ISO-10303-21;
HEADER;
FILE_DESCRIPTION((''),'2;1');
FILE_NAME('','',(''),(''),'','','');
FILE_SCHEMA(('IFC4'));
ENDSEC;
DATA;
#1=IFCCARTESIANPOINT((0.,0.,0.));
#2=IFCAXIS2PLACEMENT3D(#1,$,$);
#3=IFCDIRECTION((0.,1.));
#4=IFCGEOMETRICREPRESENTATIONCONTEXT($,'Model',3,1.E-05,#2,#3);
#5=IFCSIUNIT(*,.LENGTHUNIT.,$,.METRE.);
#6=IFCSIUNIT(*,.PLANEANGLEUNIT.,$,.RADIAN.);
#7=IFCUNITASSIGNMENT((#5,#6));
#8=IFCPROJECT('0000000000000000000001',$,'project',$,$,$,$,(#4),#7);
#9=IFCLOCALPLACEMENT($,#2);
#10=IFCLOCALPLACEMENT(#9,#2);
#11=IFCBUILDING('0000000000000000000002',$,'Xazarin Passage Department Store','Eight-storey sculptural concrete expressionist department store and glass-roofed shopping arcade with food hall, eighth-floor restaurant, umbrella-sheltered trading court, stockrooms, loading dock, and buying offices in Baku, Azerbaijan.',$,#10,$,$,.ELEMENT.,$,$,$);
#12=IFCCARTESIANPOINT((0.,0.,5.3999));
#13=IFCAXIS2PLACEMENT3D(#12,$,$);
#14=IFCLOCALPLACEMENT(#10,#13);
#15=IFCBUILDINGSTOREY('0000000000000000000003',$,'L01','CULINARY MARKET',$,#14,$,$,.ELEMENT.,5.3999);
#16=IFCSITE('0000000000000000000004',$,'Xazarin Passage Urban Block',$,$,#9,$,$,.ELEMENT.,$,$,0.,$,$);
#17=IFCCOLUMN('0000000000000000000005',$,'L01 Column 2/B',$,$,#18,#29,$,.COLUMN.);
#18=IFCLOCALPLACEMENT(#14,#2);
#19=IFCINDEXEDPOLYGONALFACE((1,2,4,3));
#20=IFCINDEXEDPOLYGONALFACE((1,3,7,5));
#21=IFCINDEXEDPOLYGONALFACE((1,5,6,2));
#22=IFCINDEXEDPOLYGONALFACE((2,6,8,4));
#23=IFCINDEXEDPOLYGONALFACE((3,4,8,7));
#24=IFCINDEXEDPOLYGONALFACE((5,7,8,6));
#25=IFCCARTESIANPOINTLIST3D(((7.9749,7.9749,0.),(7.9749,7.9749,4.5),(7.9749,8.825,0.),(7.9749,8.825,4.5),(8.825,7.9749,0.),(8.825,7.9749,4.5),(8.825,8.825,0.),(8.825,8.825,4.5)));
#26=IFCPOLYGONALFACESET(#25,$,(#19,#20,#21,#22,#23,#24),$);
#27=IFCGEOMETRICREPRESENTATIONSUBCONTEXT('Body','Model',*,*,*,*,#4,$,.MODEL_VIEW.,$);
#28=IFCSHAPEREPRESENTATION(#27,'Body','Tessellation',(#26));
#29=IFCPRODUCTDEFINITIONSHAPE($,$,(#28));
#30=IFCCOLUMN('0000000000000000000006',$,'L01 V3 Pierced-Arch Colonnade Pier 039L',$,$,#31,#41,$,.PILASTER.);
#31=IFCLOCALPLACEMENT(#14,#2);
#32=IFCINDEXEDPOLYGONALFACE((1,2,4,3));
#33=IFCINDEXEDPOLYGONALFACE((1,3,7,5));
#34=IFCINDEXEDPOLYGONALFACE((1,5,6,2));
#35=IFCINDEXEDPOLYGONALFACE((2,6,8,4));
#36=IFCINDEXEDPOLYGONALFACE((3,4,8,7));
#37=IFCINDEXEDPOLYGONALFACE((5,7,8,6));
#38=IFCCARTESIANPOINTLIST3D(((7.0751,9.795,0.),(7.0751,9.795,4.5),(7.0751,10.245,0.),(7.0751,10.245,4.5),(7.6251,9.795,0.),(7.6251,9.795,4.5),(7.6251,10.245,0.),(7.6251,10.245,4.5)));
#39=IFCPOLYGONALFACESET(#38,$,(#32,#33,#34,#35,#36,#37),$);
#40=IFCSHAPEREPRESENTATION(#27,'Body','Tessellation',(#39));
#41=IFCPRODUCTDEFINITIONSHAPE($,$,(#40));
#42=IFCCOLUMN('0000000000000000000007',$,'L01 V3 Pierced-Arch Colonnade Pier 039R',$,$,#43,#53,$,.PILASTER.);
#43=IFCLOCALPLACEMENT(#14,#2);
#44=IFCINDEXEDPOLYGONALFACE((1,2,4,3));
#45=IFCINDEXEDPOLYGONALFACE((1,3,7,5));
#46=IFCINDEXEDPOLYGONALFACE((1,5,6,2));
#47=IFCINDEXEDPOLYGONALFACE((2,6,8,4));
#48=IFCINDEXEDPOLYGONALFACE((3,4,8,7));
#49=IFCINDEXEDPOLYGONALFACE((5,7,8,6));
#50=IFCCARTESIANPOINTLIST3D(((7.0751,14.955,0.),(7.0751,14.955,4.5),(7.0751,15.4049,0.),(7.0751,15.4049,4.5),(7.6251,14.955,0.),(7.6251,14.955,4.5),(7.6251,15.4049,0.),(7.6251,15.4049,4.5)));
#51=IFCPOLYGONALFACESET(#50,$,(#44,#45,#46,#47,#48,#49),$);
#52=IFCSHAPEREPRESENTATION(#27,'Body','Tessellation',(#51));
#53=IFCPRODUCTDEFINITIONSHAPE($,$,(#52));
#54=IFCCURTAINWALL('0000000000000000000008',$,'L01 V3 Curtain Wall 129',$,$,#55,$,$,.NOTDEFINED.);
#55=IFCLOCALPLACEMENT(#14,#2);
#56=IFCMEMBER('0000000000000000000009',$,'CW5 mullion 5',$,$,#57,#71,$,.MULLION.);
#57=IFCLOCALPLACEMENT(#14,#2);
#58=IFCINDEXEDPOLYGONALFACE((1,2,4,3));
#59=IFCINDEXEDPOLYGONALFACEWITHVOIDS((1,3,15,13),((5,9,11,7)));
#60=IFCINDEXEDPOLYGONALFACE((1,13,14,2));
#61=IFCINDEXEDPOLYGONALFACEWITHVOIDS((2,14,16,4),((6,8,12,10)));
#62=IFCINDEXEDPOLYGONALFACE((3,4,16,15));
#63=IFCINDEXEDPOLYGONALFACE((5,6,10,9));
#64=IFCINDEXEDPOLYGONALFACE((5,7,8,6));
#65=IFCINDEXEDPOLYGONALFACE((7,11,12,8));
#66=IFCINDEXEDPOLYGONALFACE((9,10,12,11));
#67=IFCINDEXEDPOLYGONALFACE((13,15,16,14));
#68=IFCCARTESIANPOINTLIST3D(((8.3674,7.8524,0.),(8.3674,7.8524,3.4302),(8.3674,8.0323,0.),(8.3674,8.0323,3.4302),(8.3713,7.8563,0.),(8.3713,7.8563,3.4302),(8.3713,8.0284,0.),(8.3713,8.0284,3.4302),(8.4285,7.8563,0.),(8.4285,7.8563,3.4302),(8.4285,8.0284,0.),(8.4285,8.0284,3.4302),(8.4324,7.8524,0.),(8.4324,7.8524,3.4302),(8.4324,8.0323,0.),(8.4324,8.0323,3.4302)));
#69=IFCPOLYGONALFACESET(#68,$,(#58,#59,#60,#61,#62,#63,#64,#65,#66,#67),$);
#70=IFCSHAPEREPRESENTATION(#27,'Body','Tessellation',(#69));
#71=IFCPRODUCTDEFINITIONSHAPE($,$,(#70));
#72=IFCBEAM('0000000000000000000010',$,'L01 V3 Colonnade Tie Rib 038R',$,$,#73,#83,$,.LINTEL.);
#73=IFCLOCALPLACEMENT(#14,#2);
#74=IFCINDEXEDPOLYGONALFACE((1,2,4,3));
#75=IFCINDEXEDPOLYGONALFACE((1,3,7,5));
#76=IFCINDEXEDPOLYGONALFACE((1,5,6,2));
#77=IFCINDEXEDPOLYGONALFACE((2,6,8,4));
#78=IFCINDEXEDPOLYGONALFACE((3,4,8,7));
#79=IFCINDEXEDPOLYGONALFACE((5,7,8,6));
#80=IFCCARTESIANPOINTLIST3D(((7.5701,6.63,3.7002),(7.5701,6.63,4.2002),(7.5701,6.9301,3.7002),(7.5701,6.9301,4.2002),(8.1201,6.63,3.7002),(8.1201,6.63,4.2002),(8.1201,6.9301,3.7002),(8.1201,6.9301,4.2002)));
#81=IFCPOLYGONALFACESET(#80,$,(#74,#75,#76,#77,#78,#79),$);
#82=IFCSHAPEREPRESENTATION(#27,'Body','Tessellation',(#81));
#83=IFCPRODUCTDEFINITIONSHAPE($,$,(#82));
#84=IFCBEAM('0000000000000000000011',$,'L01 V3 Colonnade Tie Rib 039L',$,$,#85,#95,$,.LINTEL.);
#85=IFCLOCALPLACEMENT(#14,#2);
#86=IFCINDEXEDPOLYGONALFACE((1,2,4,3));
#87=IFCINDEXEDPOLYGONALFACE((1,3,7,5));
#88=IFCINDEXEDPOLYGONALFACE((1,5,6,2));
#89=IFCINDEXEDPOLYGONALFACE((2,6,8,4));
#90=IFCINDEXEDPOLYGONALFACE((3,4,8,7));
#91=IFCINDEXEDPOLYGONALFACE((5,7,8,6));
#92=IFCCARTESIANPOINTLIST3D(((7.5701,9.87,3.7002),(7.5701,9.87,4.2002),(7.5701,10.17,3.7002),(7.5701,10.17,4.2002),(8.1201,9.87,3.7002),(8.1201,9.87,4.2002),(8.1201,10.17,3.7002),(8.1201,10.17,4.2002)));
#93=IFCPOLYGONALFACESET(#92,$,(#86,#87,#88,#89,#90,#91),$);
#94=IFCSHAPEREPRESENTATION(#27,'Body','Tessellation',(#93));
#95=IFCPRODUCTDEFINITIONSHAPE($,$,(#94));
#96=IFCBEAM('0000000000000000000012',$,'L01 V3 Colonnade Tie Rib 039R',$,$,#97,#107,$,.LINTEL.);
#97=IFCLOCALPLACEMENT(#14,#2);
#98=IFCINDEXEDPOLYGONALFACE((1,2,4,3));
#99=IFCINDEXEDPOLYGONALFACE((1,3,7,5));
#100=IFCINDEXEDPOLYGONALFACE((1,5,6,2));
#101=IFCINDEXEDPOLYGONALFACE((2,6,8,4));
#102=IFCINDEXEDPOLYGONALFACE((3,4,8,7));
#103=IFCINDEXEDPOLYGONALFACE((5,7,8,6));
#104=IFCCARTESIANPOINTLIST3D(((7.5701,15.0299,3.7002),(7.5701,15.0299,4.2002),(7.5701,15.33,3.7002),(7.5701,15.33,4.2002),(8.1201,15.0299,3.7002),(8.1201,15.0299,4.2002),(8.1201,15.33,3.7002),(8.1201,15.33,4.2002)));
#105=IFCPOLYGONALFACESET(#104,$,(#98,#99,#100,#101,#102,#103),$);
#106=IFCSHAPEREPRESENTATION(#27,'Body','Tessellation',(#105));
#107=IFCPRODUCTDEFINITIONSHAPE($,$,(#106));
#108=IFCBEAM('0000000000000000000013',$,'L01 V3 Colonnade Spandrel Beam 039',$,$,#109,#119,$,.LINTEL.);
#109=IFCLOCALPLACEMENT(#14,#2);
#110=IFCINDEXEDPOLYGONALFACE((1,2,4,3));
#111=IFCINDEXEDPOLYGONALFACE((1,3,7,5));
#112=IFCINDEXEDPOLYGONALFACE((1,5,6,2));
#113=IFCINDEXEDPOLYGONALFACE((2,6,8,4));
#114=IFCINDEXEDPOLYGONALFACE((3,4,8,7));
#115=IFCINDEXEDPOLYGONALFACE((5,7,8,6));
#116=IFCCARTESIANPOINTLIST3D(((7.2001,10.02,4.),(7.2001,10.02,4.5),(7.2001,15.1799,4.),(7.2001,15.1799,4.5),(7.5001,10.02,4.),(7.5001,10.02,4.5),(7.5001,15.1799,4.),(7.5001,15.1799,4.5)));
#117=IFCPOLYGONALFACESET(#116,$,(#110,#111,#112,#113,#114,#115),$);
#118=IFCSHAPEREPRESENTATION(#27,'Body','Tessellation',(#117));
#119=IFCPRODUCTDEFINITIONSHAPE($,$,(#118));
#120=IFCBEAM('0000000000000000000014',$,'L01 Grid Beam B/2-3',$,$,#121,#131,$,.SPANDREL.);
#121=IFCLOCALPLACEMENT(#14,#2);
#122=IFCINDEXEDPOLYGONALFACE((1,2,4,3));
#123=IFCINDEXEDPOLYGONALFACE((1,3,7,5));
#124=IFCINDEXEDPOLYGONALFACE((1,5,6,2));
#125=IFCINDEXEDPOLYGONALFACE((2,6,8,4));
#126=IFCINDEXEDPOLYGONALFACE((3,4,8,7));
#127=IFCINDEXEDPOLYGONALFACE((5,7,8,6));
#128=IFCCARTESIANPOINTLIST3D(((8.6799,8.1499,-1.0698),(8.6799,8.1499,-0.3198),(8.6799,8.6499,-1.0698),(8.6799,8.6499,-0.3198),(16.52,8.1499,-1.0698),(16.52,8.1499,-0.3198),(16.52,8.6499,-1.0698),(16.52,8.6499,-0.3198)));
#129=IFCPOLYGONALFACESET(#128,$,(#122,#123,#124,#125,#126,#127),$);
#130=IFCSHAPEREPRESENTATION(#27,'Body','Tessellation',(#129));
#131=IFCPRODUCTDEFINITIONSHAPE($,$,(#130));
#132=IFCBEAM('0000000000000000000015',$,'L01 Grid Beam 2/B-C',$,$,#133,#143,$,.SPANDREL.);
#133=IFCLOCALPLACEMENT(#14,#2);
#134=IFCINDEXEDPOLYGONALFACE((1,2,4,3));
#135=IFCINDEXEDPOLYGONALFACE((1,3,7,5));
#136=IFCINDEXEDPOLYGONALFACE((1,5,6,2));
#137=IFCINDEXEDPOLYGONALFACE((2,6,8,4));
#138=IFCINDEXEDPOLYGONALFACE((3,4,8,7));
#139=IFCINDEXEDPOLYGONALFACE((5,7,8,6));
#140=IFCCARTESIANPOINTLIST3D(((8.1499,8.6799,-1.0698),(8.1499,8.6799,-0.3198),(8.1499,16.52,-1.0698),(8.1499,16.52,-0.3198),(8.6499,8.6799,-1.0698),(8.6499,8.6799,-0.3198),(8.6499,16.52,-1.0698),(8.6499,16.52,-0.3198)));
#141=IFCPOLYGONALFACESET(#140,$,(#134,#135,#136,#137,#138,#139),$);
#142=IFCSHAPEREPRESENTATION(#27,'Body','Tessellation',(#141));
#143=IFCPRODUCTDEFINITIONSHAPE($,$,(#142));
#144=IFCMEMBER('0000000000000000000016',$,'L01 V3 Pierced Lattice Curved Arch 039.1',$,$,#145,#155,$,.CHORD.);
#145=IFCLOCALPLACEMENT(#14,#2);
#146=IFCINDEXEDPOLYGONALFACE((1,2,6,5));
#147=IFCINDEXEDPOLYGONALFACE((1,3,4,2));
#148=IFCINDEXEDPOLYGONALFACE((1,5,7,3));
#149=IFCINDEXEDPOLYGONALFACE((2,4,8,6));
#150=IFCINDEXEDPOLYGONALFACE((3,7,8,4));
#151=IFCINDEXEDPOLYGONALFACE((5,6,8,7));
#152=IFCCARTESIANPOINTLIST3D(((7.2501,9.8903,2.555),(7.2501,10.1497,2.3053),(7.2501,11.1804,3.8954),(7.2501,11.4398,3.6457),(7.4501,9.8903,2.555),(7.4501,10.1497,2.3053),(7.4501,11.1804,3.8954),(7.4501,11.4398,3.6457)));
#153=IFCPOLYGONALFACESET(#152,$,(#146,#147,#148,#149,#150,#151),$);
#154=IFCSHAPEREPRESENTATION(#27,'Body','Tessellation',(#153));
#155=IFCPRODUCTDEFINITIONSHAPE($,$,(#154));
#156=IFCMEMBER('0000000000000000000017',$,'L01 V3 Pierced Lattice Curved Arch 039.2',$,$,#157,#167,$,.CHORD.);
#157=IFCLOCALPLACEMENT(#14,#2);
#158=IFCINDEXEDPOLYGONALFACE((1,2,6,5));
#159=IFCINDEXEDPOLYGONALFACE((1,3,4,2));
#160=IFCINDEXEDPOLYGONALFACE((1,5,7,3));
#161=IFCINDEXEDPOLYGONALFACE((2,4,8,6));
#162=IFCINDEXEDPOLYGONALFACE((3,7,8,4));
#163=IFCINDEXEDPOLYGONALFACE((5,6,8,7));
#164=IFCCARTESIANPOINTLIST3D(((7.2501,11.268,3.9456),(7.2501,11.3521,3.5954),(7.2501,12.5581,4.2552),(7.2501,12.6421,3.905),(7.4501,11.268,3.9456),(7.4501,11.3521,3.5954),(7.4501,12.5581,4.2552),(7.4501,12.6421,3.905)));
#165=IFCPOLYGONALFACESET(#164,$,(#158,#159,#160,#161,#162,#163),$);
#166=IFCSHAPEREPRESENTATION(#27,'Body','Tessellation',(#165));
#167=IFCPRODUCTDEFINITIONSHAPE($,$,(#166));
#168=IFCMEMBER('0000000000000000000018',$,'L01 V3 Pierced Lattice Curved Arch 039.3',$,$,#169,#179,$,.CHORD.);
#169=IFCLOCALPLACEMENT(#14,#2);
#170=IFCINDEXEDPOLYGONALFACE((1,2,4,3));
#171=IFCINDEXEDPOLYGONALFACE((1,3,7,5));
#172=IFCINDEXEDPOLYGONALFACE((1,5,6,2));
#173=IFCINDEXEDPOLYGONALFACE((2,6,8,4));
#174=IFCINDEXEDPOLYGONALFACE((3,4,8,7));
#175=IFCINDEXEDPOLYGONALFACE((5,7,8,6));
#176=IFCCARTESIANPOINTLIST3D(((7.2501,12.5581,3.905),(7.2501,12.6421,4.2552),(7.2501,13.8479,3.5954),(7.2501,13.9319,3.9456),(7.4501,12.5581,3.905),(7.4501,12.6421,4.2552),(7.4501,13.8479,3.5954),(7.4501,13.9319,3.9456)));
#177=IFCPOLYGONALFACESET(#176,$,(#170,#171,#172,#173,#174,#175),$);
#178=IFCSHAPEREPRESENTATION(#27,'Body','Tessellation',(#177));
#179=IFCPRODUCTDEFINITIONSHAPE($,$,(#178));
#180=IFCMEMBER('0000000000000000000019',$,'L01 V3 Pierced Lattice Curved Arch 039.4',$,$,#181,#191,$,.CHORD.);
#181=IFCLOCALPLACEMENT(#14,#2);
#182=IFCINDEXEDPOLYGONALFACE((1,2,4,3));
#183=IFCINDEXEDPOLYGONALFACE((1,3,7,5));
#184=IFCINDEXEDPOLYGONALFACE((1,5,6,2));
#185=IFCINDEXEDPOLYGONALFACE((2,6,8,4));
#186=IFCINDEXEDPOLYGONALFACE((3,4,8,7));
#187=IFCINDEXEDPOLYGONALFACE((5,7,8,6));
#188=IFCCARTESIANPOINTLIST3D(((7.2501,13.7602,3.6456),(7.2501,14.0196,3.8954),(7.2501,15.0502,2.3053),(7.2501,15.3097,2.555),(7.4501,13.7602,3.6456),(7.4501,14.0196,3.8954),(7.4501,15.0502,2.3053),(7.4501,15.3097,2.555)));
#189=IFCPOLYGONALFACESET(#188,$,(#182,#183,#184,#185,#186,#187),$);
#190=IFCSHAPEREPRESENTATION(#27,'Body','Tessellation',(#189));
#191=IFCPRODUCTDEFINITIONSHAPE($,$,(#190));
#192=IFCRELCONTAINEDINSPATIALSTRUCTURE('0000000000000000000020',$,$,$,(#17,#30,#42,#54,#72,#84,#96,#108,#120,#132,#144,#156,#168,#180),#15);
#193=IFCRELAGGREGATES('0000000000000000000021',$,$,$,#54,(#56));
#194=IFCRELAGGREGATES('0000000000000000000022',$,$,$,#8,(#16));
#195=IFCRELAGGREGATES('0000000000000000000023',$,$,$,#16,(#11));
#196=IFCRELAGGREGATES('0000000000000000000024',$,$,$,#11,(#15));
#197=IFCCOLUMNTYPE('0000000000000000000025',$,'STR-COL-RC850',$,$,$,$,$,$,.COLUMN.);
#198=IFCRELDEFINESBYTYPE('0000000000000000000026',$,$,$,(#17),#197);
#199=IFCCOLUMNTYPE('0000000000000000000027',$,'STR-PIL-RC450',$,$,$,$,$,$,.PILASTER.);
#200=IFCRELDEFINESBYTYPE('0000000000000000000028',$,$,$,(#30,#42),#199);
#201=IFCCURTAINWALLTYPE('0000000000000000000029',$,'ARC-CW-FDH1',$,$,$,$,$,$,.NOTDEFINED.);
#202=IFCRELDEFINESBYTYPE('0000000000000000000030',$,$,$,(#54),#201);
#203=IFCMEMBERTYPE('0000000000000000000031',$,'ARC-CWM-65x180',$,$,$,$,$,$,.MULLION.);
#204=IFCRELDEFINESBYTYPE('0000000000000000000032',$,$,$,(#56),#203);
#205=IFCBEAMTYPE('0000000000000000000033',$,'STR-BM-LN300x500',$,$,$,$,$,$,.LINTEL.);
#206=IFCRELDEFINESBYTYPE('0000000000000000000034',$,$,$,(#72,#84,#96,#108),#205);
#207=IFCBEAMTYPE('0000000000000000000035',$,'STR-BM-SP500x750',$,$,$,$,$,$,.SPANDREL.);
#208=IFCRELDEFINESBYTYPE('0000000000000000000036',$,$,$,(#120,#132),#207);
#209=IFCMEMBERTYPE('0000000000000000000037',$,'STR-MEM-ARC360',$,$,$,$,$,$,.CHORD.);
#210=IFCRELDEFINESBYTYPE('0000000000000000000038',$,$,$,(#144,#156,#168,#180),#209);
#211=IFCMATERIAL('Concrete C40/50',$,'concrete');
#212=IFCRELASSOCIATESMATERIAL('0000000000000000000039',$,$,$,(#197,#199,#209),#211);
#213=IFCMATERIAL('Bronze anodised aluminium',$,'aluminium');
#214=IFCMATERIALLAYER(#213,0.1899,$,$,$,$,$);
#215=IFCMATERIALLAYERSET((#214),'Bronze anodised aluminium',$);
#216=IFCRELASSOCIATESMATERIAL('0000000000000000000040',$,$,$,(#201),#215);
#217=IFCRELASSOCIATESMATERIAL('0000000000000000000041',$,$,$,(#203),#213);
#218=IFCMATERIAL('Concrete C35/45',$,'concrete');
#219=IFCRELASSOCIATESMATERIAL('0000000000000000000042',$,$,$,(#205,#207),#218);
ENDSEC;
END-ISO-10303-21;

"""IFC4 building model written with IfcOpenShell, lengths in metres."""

from ifc_helpers import new_model, si_unit, direction, frame, origin, origin_2d, place, context, subcontext, project, spatial, rectangle, hollow_rectangle, extrude, material, layer, layer_set, material_profile, profile_set, type_object, element, aggregate, save


model = new_model("IFC4")

# Units and contexts
model_context = context("Model", 3, precision=1e-05, world=origin(), true_north=direction((0.0, 1.0)))
body_context = subcontext(model_context, "Body", "Model", "MODEL_VIEW")
ifc_project = project(units=[si_unit("LENGTHUNIT", "METRE"), si_unit("PLANEANGLEUNIT", "RADIAN")], contexts=[model_context])

# Site, building, storey
site_placement = place(None, origin())
site = spatial("IfcSite", under=ifc_project, at=site_placement, Name="Xazarin Passage Urban Block", CompositionType="ELEMENT", RefElevation=0.0)
building_placement = place(site_placement, origin())
building = spatial("IfcBuilding", under=site, at=building_placement, Name="Xazarin Passage Department Store", Description="Eight-storey sculptural concrete expressionist department store and glass-roofed shopping arcade with food hall, eighth-floor restaurant, umbrella-sheltered trading court, stockrooms, loading dock, and buying offices in Baku, Azerbaijan.", CompositionType="ELEMENT")
storey_placement = place(building_placement, frame((0.0, 0.0, 5.3999)))
storey = spatial("IfcBuildingStorey", under=building, at=storey_placement, Name="L01", Description="CULINARY MARKET", CompositionType="ELEMENT", Elevation=5.3999)

# Columns
ifc_material_1 = material(Name="Concrete C40/50", Category="concrete")
ifc_material_profile_1 = material_profile(ifc_material_1, rectangle(XDim=0.8501, YDim=0.8501, at=origin_2d()), Name="RC 850x850")
ifc_profile_set_1 = profile_set([ifc_material_profile_1], Name="Concrete C40/50")
column_type_1 = type_object("IfcColumnType", Name="STR-COL-RC850", PredefinedType="COLUMN", material=ifc_profile_set_1)
column_placement = place(storey_placement, frame((8.3999, 8.3999, 0.0), z_axis=(0.0, 0.0, 1.0), x_axis=(1.0, 0.0, 0.0)))
element("IfcColumn", 1, at=column_placement, inside=storey, type_object=column_type_1, Name="L01 Column 2/B", PredefinedType="COLUMN", context=body_context, shape_type="SweptSolid", body=[
    extrude(rectangle(XDim=0.8501, YDim=0.8501, at=origin_2d()), origin(), (0.0, 0.0, 1.0), 4.5),
])
ifc_material_profile_2 = material_profile(ifc_material_1, rectangle(XDim=0.45, YDim=0.55, at=origin_2d()), Name="RC 450x550")
ifc_profile_set_2 = profile_set([ifc_material_profile_2], Name="Concrete C40/50")
column_type_2 = type_object("IfcColumnType", Name="STR-PIL-RC450", PredefinedType="PILASTER", material=ifc_profile_set_2)
for number, where, z_axis, x_axis, name in (
    (2, (7.3501, 10.02, 0.0), (0.0, 0.0, 1.0), (0.0, 1.0, 0.0), "L01 V3 Pierced-Arch Colonnade Pier 039L"),
    (3, (7.3501, 15.1799, 0.0), (0.0, 0.0, 1.0), (0.0, 1.0, 0.0), "L01 V3 Pierced-Arch Colonnade Pier 039R"),
):
    element("IfcColumn", number, at=place(storey_placement, frame(where, z_axis=z_axis, x_axis=x_axis)), inside=storey, type_object=column_type_2, Name=name, PredefinedType="PILASTER", context=body_context, shape_type="SweptSolid", body=[
        extrude(rectangle(XDim=0.45, YDim=0.55, at=origin_2d()), origin(), (0.0, 0.0, 1.0), 4.5),
    ])

# Curtain wall, member
ifc_material_2 = material(Name="Bronze anodised aluminium", Category="aluminium")
ifc_layer_1 = layer(ifc_material_2, 0.1899)
ifc_layer_set_1 = layer_set([ifc_layer_1], Name="Bronze anodised aluminium")
curtain_wall_type = type_object("IfcCurtainWallType", Name="ARC-CW-FDH1", PredefinedType="NOTDEFINED", material=ifc_layer_set_1)
curtain_wall_placement = place(storey_placement, origin())
curtain_wall = element("IfcCurtainWall", 4, at=curtain_wall_placement, inside=storey, type_object=curtain_wall_type, Name="L01 V3 Curtain Wall 129", PredefinedType="NOTDEFINED")
ifc_material_profile_3 = material_profile(ifc_material_2, hollow_rectangle(XDim=0.0649, YDim=0.1799, WallThickness=0.0039, at=origin_2d()), Name="ALU 65x180")
ifc_profile_set_3 = profile_set([ifc_material_profile_3], Name="Bronze anodised aluminium")
member_type_1 = type_object("IfcMemberType", Name="ARC-CWM-65x180", PredefinedType="MULLION", material=ifc_profile_set_3)
member_1_placement = place(storey_placement, frame((8.3999, 7.9424, 0.0), z_axis=(0.0, 0.0, 1.0), x_axis=(-1.0, 0.0, 0.0)))
member_1 = element("IfcMember", 5, at=member_1_placement, type_object=member_type_1, Name="CW5 mullion 5", PredefinedType="MULLION", context=body_context, shape_type="SweptSolid", body=[
    extrude(hollow_rectangle(XDim=0.0649, YDim=0.1799, WallThickness=0.0039, at=origin_2d()), origin(), (0.0, 0.0, 1.0), 3.4302),
])

# Beams
ifc_material_3 = material(Name="Concrete C35/45", Category="concrete")
ifc_material_profile_4 = material_profile(ifc_material_3, rectangle(XDim=0.3, YDim=0.5, at=origin_2d()), Name="RC 300x500")
ifc_profile_set_4 = profile_set([ifc_material_profile_4], Name="Concrete C35/45")
beam_type_1 = type_object("IfcBeamType", Name="STR-BM-LN300x500", PredefinedType="LINTEL", material=ifc_profile_set_4)
for number, where, z_axis, x_axis, name in (
    (6, (8.1201, 6.78, 3.9502), (-1.0, 0.0, 0.0), (0.0, -1.0, 0.0), "L01 V3 Colonnade Tie Rib 038R"),
    (7, (8.1201, 10.02, 3.9502), (-1.0, 0.0, 0.0), (0.0, -1.0, 0.0), "L01 V3 Colonnade Tie Rib 039L"),
    (8, (8.1201, 15.1799, 3.9502), (-1.0, 0.0, 0.0), (0.0, -1.0, 0.0), "L01 V3 Colonnade Tie Rib 039R"),
):
    element("IfcBeam", number, at=place(storey_placement, frame(where, z_axis=z_axis, x_axis=x_axis)), inside=storey, type_object=beam_type_1, Name=name, PredefinedType="LINTEL", context=body_context, shape_type="SweptSolid", body=[
        extrude(rectangle(XDim=0.3, YDim=0.5, at=origin_2d()), origin(), (0.0, 0.0, 1.0), 0.55),
    ])
beam_placement = place(storey_placement, frame((7.3501, 10.02, 4.25), z_axis=(0.0, 1.0, 0.0), x_axis=(-1.0, 0.0, 0.0)))
element("IfcBeam", 9, at=beam_placement, inside=storey, type_object=beam_type_1, Name="L01 V3 Colonnade Spandrel Beam 039", PredefinedType="LINTEL", context=body_context, shape_type="SweptSolid", body=[
    extrude(rectangle(XDim=0.3, YDim=0.5, at=origin_2d()), origin(), (0.0, 0.0, 1.0), 5.1599),
])
ifc_material_profile_5 = material_profile(ifc_material_3, rectangle(XDim=0.5, YDim=0.75, at=origin_2d()), Name="RC 500x750")
ifc_profile_set_5 = profile_set([ifc_material_profile_5], Name="Concrete C35/45")
beam_type_2 = type_object("IfcBeamType", Name="STR-BM-SP500x750", PredefinedType="SPANDREL", material=ifc_profile_set_5)
for number, where, z_axis, x_axis, name in (
    (10, (8.6799, 8.3999, -0.6948), (1.0, 0.0, 0.0), (0.0, 1.0, 0.0), "L01 Grid Beam B/2-3"),
    (11, (8.3999, 8.6799, -0.6948), (0.0, 1.0, 0.0), (-1.0, 0.0, 0.0), "L01 Grid Beam 2/B-C"),
):
    element("IfcBeam", number, at=place(storey_placement, frame(where, z_axis=z_axis, x_axis=x_axis)), inside=storey, type_object=beam_type_2, Name=name, PredefinedType="SPANDREL", context=body_context, shape_type="SweptSolid", body=[
        extrude(rectangle(XDim=0.5, YDim=0.75, at=origin_2d()), origin(), (0.0, 0.0, 1.0), 7.8401),
    ])

# Members
ifc_material_profile_6 = material_profile(ifc_material_1, rectangle(XDim=0.2, YDim=0.3601, at=origin_2d()), Name="RC 200x360")
ifc_profile_set_6 = profile_set([ifc_material_profile_6], Name="Concrete C40/50")
member_type_2 = type_object("IfcMemberType", Name="STR-MEM-ARC360", PredefinedType="CHORD", material=ifc_profile_set_6)
member_2_placement = place(storey_placement, frame((7.3501, 10.02, 2.4302), z_axis=(0.0, 0.69346, 0.720495), x_axis=(-1.0, 0.0, 0.0)))
element("IfcMember", 12, at=member_2_placement, inside=storey, type_object=member_type_2, Name="L01 V3 Pierced Lattice Curved Arch 039.1", PredefinedType="CHORD", context=body_context, shape_type="SweptSolid", body=[
    extrude(rectangle(XDim=0.2, YDim=0.3601, at=origin_2d()), origin(), (0.0, 0.0, 1.0), 1.8604),
])
member_3_placement = place(storey_placement, frame((7.3501, 11.3101, 3.7705), z_axis=(0.0, 0.972394, 0.233345), x_axis=(-1.0, 0.0, 0.0)))
element("IfcMember", 13, at=member_3_placement, inside=storey, type_object=member_type_2, Name="L01 V3 Pierced Lattice Curved Arch 039.2", PredefinedType="CHORD", context=body_context, shape_type="SweptSolid", body=[
    extrude(rectangle(XDim=0.2, YDim=0.3601, at=origin_2d()), origin(), (0.0, 0.0, 1.0), 1.3267),
])
member_4_placement = place(storey_placement, frame((7.3501, 12.6001, 4.0801), z_axis=(0.0, 0.972384, -0.233387), x_axis=(-1.0, 0.0, 0.0)))
element("IfcMember", 14, at=member_4_placement, inside=storey, type_object=member_type_2, Name="L01 V3 Pierced Lattice Curved Arch 039.3", PredefinedType="CHORD", context=body_context, shape_type="SweptSolid", body=[
    extrude(rectangle(XDim=0.2, YDim=0.3601, at=origin_2d()), origin(), (0.0, 0.0, 1.0), 1.3264),
])
member_5_placement = place(storey_placement, frame((7.3501, 13.8899, 3.7705), z_axis=(0.0, 0.69346, -0.720495), x_axis=(-1.0, 0.0, 0.0)))
element("IfcMember", 15, at=member_5_placement, inside=storey, type_object=member_type_2, Name="L01 V3 Pierced Lattice Curved Arch 039.4", PredefinedType="CHORD", context=body_context, shape_type="SweptSolid", body=[
    extrude(rectangle(XDim=0.2, YDim=0.3601, at=origin_2d()), origin(), (0.0, 0.0, 1.0), 1.8604),
])

aggregate(curtain_wall, [member_1])

save(model, "model.ifc")
